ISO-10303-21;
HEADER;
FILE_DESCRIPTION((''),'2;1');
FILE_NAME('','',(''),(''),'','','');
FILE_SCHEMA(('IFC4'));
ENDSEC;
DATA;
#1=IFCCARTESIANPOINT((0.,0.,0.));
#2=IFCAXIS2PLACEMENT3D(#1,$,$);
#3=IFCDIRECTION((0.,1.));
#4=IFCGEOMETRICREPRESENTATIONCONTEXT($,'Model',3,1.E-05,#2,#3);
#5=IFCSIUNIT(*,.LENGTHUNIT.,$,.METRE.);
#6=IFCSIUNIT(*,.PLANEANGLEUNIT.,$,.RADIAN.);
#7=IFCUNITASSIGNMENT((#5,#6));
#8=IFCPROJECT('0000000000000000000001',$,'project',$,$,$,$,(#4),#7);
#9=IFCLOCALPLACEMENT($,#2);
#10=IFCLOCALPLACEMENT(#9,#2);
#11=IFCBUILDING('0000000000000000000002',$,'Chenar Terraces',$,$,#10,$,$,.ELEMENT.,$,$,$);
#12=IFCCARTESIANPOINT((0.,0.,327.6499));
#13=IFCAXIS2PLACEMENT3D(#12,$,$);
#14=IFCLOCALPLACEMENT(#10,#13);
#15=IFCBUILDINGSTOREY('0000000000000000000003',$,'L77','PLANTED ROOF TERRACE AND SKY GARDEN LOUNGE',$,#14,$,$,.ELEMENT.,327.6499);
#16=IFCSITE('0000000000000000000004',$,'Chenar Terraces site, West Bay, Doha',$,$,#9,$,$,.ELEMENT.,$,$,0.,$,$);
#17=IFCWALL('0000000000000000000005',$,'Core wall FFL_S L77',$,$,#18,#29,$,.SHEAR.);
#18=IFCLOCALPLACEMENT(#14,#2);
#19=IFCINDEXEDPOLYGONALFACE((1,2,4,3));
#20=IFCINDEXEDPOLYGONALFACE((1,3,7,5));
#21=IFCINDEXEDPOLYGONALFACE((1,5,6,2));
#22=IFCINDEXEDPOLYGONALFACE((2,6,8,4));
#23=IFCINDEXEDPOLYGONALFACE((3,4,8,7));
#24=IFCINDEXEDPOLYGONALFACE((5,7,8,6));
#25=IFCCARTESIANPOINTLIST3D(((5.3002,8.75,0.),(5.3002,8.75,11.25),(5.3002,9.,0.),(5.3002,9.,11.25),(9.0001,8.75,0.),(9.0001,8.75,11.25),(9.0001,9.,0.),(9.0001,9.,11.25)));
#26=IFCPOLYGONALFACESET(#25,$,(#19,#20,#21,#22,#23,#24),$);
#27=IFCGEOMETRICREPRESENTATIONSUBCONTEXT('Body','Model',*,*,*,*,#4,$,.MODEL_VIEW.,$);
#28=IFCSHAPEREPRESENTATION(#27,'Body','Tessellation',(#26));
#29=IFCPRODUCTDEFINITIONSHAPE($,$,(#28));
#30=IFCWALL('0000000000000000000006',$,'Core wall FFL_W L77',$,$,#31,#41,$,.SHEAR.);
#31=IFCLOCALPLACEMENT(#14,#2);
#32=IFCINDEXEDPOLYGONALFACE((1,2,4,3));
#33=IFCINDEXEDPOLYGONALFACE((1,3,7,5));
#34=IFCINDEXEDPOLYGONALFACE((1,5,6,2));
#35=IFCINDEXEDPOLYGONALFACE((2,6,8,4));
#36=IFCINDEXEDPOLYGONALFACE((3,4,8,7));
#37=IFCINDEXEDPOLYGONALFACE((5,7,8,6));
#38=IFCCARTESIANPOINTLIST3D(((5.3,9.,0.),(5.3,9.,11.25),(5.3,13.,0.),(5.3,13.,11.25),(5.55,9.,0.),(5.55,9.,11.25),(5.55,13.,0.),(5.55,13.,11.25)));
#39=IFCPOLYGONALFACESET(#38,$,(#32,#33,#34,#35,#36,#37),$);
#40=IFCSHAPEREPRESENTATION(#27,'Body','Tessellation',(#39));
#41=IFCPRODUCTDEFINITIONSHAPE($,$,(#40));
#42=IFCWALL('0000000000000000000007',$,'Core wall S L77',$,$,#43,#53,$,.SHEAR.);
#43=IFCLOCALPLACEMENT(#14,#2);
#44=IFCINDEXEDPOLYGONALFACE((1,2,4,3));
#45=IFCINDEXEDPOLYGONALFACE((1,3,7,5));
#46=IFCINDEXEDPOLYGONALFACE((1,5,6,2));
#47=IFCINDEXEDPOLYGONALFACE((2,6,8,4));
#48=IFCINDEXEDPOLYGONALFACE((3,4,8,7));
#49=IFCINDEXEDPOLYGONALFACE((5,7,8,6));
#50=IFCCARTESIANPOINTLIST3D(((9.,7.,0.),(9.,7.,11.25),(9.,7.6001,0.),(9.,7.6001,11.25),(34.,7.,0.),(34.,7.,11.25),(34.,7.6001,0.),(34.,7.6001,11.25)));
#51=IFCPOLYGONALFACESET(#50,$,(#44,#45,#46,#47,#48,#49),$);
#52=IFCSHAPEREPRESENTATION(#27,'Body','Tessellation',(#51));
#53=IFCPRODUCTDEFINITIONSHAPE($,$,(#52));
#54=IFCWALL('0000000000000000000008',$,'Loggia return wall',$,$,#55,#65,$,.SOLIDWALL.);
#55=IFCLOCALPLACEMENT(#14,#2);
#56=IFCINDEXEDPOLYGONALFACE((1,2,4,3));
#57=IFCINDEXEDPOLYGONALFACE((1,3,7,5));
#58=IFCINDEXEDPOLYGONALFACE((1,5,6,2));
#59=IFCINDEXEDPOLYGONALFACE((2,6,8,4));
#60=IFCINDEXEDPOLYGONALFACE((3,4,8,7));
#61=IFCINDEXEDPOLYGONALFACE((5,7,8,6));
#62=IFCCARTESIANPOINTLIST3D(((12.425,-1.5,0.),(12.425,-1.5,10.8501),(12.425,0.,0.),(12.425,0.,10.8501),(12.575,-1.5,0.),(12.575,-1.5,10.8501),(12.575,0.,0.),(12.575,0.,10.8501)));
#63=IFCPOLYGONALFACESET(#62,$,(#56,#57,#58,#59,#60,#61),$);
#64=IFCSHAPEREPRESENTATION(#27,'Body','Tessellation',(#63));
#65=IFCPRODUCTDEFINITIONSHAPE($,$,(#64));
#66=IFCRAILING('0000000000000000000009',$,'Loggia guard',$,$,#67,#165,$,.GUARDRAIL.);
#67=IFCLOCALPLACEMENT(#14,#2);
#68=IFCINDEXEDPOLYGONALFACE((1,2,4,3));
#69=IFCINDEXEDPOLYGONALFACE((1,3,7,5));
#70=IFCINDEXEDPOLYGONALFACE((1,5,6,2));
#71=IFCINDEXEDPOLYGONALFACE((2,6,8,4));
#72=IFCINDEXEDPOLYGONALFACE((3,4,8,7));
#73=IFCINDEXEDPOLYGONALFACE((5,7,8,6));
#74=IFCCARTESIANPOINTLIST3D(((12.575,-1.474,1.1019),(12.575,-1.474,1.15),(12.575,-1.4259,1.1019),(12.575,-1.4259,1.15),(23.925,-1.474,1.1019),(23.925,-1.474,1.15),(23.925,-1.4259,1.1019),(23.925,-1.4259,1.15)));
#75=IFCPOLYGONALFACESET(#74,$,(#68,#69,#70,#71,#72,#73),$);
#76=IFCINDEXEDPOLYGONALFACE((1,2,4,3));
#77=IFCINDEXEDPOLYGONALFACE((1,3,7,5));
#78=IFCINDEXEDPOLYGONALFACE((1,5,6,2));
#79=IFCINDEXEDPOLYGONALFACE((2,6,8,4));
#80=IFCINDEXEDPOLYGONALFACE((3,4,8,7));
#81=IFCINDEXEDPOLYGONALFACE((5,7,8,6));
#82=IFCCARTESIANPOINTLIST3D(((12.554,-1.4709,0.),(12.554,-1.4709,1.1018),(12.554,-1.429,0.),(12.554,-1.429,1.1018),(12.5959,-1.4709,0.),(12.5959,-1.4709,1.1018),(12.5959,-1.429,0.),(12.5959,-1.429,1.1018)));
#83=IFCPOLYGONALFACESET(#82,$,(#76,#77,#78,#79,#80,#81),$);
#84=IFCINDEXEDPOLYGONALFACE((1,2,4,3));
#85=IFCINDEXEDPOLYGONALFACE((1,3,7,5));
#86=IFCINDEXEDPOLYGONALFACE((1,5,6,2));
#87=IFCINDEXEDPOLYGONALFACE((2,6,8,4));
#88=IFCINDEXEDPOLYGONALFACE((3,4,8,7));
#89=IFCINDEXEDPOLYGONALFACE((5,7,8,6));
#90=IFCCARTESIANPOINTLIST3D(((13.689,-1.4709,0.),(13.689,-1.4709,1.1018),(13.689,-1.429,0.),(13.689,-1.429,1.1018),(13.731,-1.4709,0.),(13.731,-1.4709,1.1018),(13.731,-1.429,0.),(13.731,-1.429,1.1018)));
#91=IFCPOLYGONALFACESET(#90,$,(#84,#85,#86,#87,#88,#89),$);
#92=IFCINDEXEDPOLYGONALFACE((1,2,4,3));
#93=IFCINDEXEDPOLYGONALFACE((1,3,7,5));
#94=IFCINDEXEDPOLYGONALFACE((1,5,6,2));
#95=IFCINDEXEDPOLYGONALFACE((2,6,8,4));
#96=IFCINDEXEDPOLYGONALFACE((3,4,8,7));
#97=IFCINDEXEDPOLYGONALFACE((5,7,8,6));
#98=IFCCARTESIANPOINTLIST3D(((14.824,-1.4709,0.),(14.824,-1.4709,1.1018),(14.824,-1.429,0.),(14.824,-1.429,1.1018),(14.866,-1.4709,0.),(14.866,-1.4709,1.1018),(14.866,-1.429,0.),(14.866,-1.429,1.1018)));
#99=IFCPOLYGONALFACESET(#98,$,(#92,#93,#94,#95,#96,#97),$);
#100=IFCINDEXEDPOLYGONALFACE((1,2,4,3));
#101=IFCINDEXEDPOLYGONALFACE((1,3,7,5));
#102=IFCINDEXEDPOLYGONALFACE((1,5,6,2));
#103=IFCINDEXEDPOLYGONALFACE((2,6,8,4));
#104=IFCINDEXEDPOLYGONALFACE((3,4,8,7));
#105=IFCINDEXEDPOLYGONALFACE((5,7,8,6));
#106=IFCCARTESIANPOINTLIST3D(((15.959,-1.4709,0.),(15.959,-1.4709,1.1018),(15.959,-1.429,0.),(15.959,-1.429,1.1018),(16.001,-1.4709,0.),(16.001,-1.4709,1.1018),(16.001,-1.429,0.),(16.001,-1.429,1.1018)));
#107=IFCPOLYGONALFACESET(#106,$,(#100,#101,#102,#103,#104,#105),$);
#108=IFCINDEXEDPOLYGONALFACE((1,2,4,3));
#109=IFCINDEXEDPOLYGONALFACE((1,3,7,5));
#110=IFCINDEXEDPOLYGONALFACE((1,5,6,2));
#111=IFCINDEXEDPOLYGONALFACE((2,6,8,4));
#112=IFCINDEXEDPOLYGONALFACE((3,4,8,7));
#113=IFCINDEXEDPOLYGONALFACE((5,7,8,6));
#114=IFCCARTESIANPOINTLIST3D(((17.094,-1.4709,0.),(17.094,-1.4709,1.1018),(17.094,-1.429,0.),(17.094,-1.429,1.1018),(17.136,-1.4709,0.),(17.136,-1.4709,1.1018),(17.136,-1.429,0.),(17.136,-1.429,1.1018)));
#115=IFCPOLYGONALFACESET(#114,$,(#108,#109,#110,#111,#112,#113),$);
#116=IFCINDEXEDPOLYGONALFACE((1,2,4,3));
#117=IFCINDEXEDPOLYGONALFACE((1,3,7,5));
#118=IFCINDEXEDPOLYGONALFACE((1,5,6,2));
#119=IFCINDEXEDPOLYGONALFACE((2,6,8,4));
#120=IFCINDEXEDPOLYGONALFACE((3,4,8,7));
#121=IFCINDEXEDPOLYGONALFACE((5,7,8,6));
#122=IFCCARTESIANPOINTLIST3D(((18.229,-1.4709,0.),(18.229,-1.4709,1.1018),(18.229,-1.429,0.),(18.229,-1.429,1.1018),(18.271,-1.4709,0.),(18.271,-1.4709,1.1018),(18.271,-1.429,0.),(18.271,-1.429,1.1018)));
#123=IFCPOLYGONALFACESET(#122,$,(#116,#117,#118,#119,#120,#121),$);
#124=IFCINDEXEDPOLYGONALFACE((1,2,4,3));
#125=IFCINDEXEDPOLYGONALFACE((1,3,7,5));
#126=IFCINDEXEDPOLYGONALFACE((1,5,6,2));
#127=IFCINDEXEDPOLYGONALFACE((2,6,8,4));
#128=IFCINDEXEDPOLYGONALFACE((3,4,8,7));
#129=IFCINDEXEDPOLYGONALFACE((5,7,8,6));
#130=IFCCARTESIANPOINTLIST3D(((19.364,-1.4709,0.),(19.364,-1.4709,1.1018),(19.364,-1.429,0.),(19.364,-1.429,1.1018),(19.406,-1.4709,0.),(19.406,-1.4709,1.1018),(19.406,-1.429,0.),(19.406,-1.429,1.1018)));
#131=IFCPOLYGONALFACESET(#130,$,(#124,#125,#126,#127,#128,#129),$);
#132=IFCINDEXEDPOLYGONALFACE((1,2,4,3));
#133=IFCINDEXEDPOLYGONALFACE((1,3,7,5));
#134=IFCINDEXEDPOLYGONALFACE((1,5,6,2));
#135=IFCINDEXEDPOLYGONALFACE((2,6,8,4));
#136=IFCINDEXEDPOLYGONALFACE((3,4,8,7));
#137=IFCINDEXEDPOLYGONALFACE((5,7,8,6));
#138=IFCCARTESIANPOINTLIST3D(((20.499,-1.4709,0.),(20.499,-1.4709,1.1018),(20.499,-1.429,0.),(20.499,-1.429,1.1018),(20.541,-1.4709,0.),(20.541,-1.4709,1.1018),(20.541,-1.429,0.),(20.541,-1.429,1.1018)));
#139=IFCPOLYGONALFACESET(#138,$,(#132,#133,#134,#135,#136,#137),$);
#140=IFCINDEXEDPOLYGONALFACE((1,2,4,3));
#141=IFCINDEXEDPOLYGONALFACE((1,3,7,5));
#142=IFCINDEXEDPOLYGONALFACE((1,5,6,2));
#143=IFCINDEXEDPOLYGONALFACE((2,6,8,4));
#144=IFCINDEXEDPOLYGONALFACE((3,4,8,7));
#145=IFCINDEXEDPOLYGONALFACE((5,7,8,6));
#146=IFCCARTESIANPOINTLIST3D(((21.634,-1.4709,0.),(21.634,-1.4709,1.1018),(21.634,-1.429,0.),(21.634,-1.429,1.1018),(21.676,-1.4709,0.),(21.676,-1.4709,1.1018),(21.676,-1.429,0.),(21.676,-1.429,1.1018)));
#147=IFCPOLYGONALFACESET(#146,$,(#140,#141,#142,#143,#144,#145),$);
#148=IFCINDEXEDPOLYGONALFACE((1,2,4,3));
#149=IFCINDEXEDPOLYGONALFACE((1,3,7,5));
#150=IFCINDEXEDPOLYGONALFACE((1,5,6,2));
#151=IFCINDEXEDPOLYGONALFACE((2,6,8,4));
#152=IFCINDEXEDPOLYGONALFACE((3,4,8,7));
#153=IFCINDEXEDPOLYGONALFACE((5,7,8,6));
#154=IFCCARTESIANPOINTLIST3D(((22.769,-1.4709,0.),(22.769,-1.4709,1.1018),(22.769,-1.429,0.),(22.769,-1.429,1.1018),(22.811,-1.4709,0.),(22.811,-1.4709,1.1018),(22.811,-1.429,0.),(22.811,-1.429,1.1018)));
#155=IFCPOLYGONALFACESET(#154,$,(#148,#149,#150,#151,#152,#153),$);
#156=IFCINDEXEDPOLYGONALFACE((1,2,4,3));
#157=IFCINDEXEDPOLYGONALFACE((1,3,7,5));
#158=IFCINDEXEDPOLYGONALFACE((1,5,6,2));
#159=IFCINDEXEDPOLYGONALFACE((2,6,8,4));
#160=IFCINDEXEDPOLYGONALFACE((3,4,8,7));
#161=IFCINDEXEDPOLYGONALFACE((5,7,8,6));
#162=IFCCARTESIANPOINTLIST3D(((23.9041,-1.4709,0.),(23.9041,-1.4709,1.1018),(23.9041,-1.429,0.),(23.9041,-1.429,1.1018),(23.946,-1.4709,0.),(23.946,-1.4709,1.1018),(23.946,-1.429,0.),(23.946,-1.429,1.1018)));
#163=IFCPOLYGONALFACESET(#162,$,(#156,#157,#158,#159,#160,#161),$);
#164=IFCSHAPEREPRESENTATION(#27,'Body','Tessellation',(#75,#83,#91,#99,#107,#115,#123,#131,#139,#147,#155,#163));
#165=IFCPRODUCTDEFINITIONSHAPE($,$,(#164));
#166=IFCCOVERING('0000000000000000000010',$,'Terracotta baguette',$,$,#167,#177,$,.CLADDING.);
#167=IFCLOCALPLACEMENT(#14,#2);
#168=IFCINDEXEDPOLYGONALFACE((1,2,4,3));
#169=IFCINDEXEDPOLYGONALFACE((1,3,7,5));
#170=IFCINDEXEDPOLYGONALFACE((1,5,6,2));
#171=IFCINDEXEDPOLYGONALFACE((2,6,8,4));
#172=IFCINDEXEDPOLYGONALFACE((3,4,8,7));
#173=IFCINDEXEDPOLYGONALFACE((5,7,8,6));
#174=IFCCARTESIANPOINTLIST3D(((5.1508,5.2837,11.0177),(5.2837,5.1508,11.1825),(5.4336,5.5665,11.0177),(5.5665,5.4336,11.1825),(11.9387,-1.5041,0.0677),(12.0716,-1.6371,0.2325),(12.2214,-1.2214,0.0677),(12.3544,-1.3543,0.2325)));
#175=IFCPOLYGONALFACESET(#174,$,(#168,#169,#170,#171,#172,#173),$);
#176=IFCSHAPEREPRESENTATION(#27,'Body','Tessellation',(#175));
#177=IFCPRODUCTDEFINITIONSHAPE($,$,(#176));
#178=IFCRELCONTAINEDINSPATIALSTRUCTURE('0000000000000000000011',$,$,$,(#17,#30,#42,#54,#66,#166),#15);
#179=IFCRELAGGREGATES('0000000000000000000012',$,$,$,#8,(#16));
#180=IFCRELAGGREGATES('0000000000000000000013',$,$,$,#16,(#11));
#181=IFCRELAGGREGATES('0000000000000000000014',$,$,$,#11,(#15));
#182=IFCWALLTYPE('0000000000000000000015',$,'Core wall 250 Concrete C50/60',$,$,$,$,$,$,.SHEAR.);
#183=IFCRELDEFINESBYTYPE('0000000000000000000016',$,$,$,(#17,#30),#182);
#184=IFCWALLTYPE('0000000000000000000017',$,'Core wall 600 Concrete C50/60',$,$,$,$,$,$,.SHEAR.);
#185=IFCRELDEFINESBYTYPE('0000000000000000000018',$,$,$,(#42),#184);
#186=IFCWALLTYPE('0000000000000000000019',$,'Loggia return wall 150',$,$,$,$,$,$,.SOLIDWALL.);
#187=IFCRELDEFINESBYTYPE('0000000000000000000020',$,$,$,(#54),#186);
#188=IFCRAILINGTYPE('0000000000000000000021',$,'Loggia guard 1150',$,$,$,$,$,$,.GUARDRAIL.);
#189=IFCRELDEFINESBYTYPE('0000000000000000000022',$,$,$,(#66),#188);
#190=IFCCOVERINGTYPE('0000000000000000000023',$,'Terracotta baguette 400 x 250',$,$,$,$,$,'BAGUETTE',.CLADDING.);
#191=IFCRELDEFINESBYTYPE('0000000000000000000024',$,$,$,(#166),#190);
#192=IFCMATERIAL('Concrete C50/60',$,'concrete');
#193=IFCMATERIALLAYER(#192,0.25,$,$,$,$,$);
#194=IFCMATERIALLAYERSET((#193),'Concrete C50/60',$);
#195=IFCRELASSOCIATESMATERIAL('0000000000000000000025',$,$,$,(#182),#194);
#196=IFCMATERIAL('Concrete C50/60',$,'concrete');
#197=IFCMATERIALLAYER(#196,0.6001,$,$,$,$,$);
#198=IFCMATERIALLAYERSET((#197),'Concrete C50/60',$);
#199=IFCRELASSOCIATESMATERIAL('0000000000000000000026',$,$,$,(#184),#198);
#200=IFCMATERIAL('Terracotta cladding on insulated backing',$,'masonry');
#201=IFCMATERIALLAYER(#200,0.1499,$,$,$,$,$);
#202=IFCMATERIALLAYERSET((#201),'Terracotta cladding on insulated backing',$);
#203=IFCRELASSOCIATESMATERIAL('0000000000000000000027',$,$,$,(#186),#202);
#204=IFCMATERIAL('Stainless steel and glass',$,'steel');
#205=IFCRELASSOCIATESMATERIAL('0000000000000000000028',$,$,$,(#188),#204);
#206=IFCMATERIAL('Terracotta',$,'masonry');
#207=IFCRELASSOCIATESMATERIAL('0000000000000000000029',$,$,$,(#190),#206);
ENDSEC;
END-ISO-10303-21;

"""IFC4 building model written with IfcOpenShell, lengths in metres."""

from ifc_helpers import new_model, si_unit, direction, frame, frame_2d, origin, origin_2d, place, context, subcontext, project, spatial, rectangle, extrude, material, layer, layer_set, material_profile, profile_set, type_object, element, save


model = new_model("IFC4")

# Units and contexts
model_context = context("Model", 3, precision=1e-05, world=origin(), true_north=direction((0.0, 1.0)))
body_context = subcontext(model_context, "Body", "Model", "MODEL_VIEW")
ifc_project = project(units=[si_unit("LENGTHUNIT", "METRE"), si_unit("PLANEANGLEUNIT", "RADIAN")], contexts=[model_context])

# Site, building, storey
site_placement = place(None, origin())
site = spatial("IfcSite", under=ifc_project, at=site_placement, Name="Chenar Terraces site, West Bay, Doha", CompositionType="ELEMENT", RefElevation=0.0)
building_placement = place(site_placement, origin())
building = spatial("IfcBuilding", under=site, at=building_placement, Name="Chenar Terraces", CompositionType="ELEMENT")
storey_placement = place(building_placement, frame((0.0, 0.0, 327.6499)))
storey = spatial("IfcBuildingStorey", under=building, at=storey_placement, Name="L77", Description="PLANTED ROOF TERRACE AND SKY GARDEN LOUNGE", CompositionType="ELEMENT", Elevation=327.6499)

# Shared definitions
ifc_material_1 = material(Name="Concrete C50/60", Category="concrete")
ifc_layer_1 = layer(ifc_material_1, 0.25)
ifc_layer_set_1 = layer_set([ifc_layer_1], Name="Concrete C50/60")
wall_type_1 = type_object("IfcWallType", Name="Core wall 250 Concrete C50/60", PredefinedType="SHEAR", material=ifc_layer_set_1)

# Walls
wall_1_placement = place(storey_placement, frame((5.3, 8.875, 0.0), z_axis=(0.0, 0.0, 1.0), x_axis=(1.0, 0.0, 0.0)))
element("IfcWall", 1, at=wall_1_placement, inside=storey, type_object=wall_type_1, Name="Core wall FFL_S L77", PredefinedType="SHEAR", context=body_context, shape_type="SweptSolid", body=[
    extrude(rectangle(XDim=3.7, YDim=0.25, at=frame_2d((1.8501, 0.0))), origin(), (0.0, 0.0, 1.0), 11.25),
])
wall_2_placement = place(storey_placement, frame((5.425, 9.0, 0.0), z_axis=(0.0, 0.0, 1.0), x_axis=(0.0, 1.0, 0.0)))
element("IfcWall", 2, at=wall_2_placement, inside=storey, type_object=wall_type_1, Name="Core wall FFL_W L77", PredefinedType="SHEAR", context=body_context, shape_type="SweptSolid", body=[
    extrude(rectangle(XDim=4.0, YDim=0.25, at=frame_2d((2.0, 0.0))), origin(), (0.0, 0.0, 1.0), 11.25),
])
ifc_material_2 = material(Name="Concrete C50/60", Category="concrete")
ifc_layer_2 = layer(ifc_material_2, 0.6001)
ifc_layer_set_2 = layer_set([ifc_layer_2], Name="Concrete C50/60")
wall_type_2 = type_object("IfcWallType", Name="Core wall 600 Concrete C50/60", PredefinedType="SHEAR", material=ifc_layer_set_2)
wall_3_placement = place(storey_placement, frame((9.0, 7.3, 0.0), z_axis=(0.0, 0.0, 1.0), x_axis=(1.0, 0.0, 0.0)))
element("IfcWall", 3, at=wall_3_placement, inside=storey, type_object=wall_type_2, Name="Core wall S L77", PredefinedType="SHEAR", context=body_context, shape_type="SweptSolid", body=[
    extrude(rectangle(XDim=25.0, YDim=0.6001, at=frame_2d((12.5, 0.0))), origin(), (0.0, 0.0, 1.0), 11.25),
])
ifc_material_3 = material(Name="Terracotta cladding on insulated backing", Category="masonry")
ifc_layer_3 = layer(ifc_material_3, 0.1499)
ifc_layer_set_3 = layer_set([ifc_layer_3], Name="Terracotta cladding on insulated backing")
wall_type_3 = type_object("IfcWallType", Name="Loggia return wall 150", PredefinedType="SOLIDWALL", material=ifc_layer_set_3)
wall_4_placement = place(storey_placement, frame((12.5, -1.5, 0.0), z_axis=(0.0, 0.0, 1.0), x_axis=(0.0, 1.0, 0.0)))
element("IfcWall", 4, at=wall_4_placement, inside=storey, type_object=wall_type_3, Name="Loggia return wall", PredefinedType="SOLIDWALL", context=body_context, shape_type="SweptSolid", body=[
    extrude(rectangle(XDim=1.5, YDim=0.1499, at=frame_2d((0.75, 0.0))), origin(), (0.0, 0.0, 1.0), 10.8501),
])

# Railing
ifc_material_4 = material(Name="Stainless steel and glass", Category="steel")
railing_type = type_object("IfcRailingType", Name="Loggia guard 1150", PredefinedType="GUARDRAIL", material=ifc_material_4)
railing_placement = place(storey_placement, frame((12.575, -1.45, 0.0)))
element("IfcRailing", 5, at=railing_placement, inside=storey, type_object=railing_type, Name="Loggia guard", PredefinedType="GUARDRAIL", context=body_context, shape_type="SweptSolid", body=[
    extrude(rectangle(XDim=0.0481, YDim=0.0481, at=origin_2d()), frame((0.0, 0.0, 1.126), z_axis=(1.0, 0.0, 0.0), x_axis=(0.0, 1.0, 0.0)), (0.0, 0.0, 1.0), 11.3501),
    extrude(rectangle(XDim=0.042, YDim=0.042, at=origin_2d()), origin(), (0.0, 0.0, 1.0), 1.1018),
    extrude(rectangle(XDim=0.042, YDim=0.042, at=origin_2d()), frame((1.135, 0.0, 0.0)), (0.0, 0.0, 1.0), 1.1018),
    extrude(rectangle(XDim=0.042, YDim=0.042, at=origin_2d()), frame((2.27, 0.0, 0.0)), (0.0, 0.0, 1.0), 1.1018),
    extrude(rectangle(XDim=0.042, YDim=0.042, at=origin_2d()), frame((3.405, 0.0, 0.0)), (0.0, 0.0, 1.0), 1.1018),
    extrude(rectangle(XDim=0.042, YDim=0.042, at=origin_2d()), frame((4.54, 0.0, 0.0)), (0.0, 0.0, 1.0), 1.1018),
    extrude(rectangle(XDim=0.042, YDim=0.042, at=origin_2d()), frame((5.675, 0.0, 0.0)), (0.0, 0.0, 1.0), 1.1018),
    extrude(rectangle(XDim=0.042, YDim=0.042, at=origin_2d()), frame((6.8101, 0.0, 0.0)), (0.0, 0.0, 1.0), 1.1018),
    extrude(rectangle(XDim=0.042, YDim=0.042, at=origin_2d()), frame((7.9451, 0.0, 0.0)), (0.0, 0.0, 1.0), 1.1018),
    extrude(rectangle(XDim=0.042, YDim=0.042, at=origin_2d()), frame((9.0801, 0.0, 0.0)), (0.0, 0.0, 1.0), 1.1018),
    extrude(rectangle(XDim=0.042, YDim=0.042, at=origin_2d()), frame((10.2151, 0.0, 0.0)), (0.0, 0.0, 1.0), 1.1018),
    extrude(rectangle(XDim=0.042, YDim=0.042, at=origin_2d()), frame((11.3501, 0.0, 0.0)), (0.0, 0.0, 1.0), 1.1018),
])

# Covering
ifc_material_5 = material(Name="Terracotta", Category="masonry")
ifc_material_profile = material_profile(ifc_material_5, rectangle(XDim=0.3999, YDim=0.25, at=origin_2d()), Name="Terracotta baguette 400 x 250")
ifc_profile_set = profile_set([ifc_material_profile], Name="Terracotta")
covering_type = type_object("IfcCoveringType", Name="Terracotta baguette 400 x 250", ElementType="BAGUETTE", PredefinedType="CLADDING", material=ifc_profile_set)
covering_placement = place(storey_placement, frame((5.3586, 5.3586, 11.1001), z_axis=(0.466135, -0.466135, -0.751955), x_axis=(0.707107, 0.707107, 0.0)))
element("IfcCovering", 6, at=covering_placement, inside=storey, type_object=covering_type, Name="Terracotta baguette", PredefinedType="CLADDING", context=body_context, shape_type="SweptSolid", body=[
    extrude(rectangle(XDim=0.3999, YDim=0.25, at=origin_2d()), origin(), (0.0, 0.0, 1.0), 14.562),
])

save(model, "model.ifc")
